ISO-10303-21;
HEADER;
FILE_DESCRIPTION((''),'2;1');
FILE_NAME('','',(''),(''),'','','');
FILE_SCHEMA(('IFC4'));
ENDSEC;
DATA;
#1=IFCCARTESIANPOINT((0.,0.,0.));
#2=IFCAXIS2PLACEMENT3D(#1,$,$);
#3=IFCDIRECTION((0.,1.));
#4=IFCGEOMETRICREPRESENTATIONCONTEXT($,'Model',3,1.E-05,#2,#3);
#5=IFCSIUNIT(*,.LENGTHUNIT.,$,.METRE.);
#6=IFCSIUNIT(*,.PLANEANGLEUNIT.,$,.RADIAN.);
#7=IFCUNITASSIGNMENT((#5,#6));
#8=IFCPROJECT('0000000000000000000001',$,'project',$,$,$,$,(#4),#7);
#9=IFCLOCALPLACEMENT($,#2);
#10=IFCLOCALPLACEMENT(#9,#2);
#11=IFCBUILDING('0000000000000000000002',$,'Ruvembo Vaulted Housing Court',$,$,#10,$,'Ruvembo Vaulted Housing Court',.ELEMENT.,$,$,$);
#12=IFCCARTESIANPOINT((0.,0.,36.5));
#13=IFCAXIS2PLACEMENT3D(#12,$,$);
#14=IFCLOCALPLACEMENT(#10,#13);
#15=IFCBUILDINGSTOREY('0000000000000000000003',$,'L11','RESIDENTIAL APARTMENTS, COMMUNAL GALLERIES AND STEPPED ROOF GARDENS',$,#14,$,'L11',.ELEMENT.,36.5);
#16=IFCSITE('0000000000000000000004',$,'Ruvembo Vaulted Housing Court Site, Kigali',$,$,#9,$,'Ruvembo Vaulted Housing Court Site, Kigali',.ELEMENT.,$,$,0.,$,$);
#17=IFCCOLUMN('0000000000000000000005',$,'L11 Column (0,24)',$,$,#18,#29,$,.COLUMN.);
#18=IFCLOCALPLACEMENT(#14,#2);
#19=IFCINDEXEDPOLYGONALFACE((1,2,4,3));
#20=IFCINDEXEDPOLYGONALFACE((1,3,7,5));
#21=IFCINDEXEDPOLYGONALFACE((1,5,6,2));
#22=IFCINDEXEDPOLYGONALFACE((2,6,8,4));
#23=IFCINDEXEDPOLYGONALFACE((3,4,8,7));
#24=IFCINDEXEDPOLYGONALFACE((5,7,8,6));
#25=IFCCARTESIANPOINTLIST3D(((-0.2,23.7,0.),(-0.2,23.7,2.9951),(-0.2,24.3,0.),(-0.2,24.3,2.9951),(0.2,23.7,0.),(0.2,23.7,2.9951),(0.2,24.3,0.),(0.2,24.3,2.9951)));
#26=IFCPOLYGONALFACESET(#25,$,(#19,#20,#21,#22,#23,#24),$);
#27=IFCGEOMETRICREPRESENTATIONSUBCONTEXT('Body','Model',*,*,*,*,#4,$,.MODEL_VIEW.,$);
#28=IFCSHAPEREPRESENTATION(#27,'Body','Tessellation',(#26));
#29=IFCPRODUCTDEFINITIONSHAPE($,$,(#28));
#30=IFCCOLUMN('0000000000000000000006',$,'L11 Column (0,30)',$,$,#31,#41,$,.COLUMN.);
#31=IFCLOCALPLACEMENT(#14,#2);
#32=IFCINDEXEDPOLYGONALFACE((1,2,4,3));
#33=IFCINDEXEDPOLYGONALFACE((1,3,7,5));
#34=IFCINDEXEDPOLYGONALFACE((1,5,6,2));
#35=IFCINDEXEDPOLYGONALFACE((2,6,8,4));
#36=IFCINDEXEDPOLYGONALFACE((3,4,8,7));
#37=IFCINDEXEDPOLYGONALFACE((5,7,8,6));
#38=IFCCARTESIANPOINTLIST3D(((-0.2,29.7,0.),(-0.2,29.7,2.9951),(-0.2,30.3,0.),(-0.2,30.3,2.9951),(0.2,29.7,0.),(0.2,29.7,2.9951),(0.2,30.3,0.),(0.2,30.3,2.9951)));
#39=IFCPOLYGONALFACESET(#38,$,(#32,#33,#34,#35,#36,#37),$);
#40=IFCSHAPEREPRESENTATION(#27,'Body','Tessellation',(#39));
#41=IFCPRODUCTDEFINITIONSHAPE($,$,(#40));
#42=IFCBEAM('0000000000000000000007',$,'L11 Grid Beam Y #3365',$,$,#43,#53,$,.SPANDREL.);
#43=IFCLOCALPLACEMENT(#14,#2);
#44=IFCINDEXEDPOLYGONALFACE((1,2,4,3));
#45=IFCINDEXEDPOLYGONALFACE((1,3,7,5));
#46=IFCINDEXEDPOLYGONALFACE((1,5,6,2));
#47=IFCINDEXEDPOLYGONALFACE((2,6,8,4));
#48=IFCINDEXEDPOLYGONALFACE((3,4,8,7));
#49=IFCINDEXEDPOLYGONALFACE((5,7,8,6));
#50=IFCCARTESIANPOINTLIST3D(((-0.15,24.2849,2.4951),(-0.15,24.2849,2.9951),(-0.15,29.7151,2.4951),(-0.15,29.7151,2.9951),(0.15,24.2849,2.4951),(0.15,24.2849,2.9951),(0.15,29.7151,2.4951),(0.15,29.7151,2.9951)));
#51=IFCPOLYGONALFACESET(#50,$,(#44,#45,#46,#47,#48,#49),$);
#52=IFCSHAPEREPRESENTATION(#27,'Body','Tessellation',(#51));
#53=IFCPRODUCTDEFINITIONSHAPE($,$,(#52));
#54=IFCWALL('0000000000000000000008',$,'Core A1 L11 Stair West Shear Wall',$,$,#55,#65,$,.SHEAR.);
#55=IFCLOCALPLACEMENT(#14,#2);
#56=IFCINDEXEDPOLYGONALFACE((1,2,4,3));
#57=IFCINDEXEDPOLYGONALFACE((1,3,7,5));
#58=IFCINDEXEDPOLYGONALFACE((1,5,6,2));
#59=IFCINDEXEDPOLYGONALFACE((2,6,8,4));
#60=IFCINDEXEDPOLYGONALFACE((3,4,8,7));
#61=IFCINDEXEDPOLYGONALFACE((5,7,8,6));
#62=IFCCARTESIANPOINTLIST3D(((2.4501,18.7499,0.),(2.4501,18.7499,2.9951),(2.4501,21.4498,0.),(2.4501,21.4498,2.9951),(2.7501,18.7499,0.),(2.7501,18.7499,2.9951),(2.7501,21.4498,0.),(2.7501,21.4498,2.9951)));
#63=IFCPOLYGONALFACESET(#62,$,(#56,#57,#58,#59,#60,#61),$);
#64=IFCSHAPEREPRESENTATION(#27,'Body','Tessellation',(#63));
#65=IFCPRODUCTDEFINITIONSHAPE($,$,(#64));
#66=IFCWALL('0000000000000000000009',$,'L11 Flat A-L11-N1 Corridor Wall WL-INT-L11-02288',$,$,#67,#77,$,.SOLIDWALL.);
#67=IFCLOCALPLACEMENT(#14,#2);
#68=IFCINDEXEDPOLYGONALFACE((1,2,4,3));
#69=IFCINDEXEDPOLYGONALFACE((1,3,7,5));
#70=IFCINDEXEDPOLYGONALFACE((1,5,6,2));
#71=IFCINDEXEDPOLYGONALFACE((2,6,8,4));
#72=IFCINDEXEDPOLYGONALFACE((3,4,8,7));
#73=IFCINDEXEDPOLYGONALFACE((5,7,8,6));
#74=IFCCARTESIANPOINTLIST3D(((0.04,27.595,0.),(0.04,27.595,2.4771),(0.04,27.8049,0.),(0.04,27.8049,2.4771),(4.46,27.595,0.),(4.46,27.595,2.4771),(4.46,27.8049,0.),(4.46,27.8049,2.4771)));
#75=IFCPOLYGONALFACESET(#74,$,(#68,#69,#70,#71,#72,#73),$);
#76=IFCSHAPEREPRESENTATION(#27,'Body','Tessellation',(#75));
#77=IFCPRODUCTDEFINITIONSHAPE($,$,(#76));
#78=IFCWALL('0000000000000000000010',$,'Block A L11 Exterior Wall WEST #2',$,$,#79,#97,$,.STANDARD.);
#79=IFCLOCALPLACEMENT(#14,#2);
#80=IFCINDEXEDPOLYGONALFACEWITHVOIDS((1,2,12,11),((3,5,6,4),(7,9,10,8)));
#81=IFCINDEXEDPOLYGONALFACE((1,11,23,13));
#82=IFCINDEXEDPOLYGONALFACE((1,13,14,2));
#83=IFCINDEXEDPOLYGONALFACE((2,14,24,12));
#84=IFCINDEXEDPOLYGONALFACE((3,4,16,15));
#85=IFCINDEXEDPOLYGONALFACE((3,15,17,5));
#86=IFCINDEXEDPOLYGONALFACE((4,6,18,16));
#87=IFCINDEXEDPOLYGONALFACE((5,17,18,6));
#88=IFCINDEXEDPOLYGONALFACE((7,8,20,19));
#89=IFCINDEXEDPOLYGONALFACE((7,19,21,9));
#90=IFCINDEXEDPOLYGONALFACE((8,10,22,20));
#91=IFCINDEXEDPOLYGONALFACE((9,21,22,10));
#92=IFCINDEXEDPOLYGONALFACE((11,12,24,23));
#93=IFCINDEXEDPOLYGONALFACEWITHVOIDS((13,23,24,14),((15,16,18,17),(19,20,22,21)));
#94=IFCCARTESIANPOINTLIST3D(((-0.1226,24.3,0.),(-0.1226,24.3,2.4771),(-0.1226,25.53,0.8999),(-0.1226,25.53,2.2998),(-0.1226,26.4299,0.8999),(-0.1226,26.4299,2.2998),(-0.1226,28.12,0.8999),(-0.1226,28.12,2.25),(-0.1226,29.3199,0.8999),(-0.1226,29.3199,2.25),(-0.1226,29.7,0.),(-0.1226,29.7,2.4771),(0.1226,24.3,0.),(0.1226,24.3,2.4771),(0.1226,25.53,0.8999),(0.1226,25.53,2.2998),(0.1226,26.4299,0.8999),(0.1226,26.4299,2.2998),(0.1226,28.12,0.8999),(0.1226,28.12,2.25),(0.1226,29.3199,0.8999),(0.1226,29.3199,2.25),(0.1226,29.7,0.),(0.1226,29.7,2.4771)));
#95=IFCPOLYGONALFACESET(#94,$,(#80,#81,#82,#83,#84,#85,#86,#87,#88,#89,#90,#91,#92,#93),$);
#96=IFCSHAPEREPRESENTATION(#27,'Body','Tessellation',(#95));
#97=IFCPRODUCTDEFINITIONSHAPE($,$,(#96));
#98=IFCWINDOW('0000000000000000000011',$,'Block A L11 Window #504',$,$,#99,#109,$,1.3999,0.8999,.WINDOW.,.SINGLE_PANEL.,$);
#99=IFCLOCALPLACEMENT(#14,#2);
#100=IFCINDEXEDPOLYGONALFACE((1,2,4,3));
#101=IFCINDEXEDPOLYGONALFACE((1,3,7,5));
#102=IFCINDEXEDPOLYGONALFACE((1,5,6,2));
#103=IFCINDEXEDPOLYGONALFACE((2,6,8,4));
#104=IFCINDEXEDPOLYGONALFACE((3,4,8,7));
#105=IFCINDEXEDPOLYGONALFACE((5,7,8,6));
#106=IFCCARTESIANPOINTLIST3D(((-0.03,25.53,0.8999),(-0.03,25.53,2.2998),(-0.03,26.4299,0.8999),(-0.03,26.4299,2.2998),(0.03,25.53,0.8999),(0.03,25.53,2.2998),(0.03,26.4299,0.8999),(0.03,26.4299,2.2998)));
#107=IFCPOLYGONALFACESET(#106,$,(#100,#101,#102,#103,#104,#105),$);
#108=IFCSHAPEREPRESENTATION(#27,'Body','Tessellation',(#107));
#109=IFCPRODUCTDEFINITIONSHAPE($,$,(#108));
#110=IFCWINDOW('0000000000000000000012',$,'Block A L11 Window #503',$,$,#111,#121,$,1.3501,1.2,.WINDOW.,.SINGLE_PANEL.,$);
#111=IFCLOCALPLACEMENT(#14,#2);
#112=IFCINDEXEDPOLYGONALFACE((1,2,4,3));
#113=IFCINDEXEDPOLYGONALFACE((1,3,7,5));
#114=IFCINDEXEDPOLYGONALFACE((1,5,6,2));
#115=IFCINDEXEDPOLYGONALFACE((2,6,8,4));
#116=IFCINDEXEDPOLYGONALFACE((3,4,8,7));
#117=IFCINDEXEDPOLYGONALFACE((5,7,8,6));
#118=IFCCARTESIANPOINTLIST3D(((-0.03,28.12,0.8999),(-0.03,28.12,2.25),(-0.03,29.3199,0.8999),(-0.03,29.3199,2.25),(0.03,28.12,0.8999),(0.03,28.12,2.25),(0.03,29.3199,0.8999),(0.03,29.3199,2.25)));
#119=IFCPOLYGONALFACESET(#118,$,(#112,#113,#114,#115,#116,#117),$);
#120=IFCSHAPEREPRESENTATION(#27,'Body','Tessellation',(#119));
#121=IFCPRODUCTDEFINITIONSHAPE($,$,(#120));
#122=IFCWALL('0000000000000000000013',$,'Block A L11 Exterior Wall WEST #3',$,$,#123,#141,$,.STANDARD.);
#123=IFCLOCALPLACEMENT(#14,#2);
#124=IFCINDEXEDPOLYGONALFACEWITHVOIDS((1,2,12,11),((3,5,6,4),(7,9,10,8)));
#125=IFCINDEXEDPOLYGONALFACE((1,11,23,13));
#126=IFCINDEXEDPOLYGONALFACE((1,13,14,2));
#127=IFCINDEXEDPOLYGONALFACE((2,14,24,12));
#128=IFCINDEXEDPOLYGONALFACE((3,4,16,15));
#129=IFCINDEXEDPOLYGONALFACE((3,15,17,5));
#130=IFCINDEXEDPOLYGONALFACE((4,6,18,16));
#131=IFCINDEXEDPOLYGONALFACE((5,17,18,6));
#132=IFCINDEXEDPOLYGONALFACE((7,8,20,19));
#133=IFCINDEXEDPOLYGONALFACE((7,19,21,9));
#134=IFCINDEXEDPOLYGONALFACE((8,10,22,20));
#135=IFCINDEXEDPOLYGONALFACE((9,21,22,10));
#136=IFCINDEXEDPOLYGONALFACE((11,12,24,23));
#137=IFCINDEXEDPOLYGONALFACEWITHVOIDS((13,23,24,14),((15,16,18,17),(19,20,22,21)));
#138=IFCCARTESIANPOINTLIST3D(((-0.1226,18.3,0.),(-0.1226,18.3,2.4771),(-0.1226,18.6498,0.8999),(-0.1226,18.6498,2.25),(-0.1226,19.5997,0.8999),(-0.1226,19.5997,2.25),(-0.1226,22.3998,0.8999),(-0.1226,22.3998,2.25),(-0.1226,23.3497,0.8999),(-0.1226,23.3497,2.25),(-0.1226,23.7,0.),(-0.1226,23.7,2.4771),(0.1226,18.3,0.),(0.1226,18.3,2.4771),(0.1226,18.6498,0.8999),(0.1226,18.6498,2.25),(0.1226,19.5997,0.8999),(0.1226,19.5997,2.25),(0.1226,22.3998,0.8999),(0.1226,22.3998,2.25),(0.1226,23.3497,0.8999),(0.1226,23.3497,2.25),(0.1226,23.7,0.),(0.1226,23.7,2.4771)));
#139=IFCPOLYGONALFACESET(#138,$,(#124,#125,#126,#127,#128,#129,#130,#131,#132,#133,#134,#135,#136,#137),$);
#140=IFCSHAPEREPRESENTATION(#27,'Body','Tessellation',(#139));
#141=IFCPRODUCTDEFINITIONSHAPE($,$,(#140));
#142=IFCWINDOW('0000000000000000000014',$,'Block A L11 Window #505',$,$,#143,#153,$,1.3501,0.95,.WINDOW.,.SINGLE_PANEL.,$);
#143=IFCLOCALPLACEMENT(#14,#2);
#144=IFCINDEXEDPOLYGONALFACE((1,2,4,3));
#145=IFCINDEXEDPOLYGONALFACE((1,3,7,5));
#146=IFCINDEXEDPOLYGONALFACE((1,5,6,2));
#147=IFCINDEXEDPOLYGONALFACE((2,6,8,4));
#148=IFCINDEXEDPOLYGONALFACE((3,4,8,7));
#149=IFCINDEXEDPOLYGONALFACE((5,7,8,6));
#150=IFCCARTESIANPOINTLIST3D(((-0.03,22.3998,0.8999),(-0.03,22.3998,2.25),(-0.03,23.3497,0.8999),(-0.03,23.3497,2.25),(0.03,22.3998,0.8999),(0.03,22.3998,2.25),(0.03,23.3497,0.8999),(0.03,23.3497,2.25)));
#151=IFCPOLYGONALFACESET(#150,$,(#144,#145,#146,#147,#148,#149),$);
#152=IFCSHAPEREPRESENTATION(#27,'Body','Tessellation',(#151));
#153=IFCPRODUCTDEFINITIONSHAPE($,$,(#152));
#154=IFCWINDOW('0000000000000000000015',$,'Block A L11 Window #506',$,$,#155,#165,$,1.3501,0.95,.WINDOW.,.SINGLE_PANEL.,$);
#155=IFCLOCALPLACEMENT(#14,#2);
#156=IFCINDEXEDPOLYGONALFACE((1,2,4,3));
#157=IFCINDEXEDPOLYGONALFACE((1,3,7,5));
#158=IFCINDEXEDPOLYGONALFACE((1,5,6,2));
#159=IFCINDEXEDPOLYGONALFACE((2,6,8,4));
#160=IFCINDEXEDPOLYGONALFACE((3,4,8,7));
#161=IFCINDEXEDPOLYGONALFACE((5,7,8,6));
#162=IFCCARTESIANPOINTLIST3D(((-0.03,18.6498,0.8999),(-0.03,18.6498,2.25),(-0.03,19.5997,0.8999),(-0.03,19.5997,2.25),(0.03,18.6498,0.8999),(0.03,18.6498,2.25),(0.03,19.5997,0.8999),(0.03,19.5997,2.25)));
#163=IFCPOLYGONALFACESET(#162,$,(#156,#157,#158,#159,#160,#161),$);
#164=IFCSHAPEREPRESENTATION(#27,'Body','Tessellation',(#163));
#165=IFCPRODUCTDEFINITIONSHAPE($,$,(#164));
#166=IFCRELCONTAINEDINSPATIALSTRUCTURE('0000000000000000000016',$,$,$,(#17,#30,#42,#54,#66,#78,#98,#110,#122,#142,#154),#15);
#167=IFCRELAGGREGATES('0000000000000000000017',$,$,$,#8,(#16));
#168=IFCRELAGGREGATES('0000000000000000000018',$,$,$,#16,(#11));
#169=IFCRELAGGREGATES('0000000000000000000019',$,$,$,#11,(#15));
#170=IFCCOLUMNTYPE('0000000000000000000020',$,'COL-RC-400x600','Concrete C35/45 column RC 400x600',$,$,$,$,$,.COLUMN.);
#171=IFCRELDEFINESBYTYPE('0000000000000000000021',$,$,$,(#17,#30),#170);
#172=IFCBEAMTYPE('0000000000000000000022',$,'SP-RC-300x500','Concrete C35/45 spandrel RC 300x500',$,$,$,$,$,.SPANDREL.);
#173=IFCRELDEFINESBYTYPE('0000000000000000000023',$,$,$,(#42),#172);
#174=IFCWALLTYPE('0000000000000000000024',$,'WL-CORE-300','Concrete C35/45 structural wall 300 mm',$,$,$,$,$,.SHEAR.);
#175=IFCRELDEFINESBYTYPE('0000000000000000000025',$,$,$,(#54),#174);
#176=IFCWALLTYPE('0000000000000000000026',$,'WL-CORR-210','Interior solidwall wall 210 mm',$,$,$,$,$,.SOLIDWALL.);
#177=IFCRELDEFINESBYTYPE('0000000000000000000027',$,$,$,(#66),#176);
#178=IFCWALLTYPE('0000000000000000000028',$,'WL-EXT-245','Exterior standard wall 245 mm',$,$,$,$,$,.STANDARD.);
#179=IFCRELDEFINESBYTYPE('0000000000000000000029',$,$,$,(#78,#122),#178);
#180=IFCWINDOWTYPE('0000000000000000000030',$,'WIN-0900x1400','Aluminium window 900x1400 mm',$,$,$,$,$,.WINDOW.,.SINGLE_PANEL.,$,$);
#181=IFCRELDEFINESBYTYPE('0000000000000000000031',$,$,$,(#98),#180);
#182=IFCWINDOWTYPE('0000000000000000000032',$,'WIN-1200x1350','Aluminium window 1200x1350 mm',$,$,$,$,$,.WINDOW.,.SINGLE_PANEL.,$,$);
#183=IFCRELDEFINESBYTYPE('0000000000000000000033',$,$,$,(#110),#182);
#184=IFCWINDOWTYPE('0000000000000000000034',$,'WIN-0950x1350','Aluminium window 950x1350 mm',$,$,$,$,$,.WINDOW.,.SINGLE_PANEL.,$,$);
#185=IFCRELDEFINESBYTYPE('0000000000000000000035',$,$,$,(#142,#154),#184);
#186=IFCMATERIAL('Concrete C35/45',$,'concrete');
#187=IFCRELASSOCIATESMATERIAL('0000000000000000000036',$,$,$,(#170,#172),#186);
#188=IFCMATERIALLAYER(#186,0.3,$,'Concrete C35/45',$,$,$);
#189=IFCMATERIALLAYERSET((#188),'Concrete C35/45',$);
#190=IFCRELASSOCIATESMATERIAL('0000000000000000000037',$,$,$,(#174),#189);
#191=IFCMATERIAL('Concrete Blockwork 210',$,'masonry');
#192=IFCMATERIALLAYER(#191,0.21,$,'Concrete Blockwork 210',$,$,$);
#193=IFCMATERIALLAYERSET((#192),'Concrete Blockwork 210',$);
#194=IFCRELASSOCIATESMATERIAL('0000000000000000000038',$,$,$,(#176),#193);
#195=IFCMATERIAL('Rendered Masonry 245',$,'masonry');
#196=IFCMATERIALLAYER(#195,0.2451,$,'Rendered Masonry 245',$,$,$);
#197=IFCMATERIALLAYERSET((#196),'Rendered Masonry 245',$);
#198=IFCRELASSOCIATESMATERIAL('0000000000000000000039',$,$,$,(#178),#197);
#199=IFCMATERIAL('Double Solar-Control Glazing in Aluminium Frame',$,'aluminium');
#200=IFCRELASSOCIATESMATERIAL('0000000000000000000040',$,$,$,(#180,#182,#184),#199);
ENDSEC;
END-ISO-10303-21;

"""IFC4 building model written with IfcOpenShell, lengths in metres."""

from ifc_helpers import new_model, si_unit, direction, frame, frame_2d, origin, origin_2d, place, context, subcontext, project, spatial, rectangle, extrude, material, layer, layer_set, material_profile, profile_set, type_object, element, fill, save


model = new_model("IFC4")

# Units and contexts
model_context = context("Model", 3, precision=1e-05, world=origin(), true_north=direction((0.0, 1.0)))
body_context = subcontext(model_context, "Body", "Model", "MODEL_VIEW")
ifc_project = project(units=[si_unit("LENGTHUNIT", "METRE"), si_unit("PLANEANGLEUNIT", "RADIAN")], contexts=[model_context])

# Site, building, storey
site_placement = place(None, origin())
site = spatial("IfcSite", under=ifc_project, at=site_placement, Name="Ruvembo Vaulted Housing Court Site, Kigali", LongName="Ruvembo Vaulted Housing Court Site, Kigali", CompositionType="ELEMENT", RefElevation=0.0)
building_placement = place(site_placement, origin())
building = spatial("IfcBuilding", under=site, at=building_placement, Name="Ruvembo Vaulted Housing Court", LongName="Ruvembo Vaulted Housing Court", CompositionType="ELEMENT")
storey_placement = place(building_placement, frame((0.0, 0.0, 36.5)))
storey = spatial("IfcBuildingStorey", under=building, at=storey_placement, Name="L11", Description="RESIDENTIAL APARTMENTS, COMMUNAL GALLERIES AND STEPPED ROOF GARDENS", LongName="L11", CompositionType="ELEMENT", Elevation=36.5)

# Columns
ifc_material_1 = material(Name="Concrete C35/45", Category="concrete")
ifc_material_profile_1 = material_profile(ifc_material_1, rectangle(XDim=0.3999, YDim=0.6001, at=origin_2d()), Name="RC 400x600")
ifc_profile_set_1 = profile_set([ifc_material_profile_1], Name="Concrete C35/45")
column_type = type_object("IfcColumnType", Name="COL-RC-400x600", Description="Concrete C35/45 column RC 400x600", PredefinedType="COLUMN", material=ifc_profile_set_1)
for number, where, z_axis, x_axis, name in (
    (1, (0.0, 24.0, 0.0), (0.0, 0.0, 1.0), (1.0, 0.0, 0.0), "L11 Column (0,24)"),
    (2, (0.0, 30.0, 0.0), (0.0, 0.0, 1.0), (1.0, 0.0, 0.0), "L11 Column (0,30)"),
):
    element("IfcColumn", number, at=place(storey_placement, frame(where, z_axis=z_axis, x_axis=x_axis)), inside=storey, type_object=column_type, Name=name, PredefinedType="COLUMN", context=body_context, shape_type="SweptSolid", body=[
        extrude(rectangle(XDim=0.3999, YDim=0.6001, at=origin_2d()), origin(), (0.0, 0.0, 1.0), 2.9951),
    ])

# Beam
ifc_material_profile_2 = material_profile(ifc_material_1, rectangle(XDim=0.3, YDim=0.5, at=origin_2d()), Name="RC 300x500")
ifc_profile_set_2 = profile_set([ifc_material_profile_2], Name="Concrete C35/45")
beam_type = type_object("IfcBeamType", Name="SP-RC-300x500", Description="Concrete C35/45 spandrel RC 300x500", PredefinedType="SPANDREL", material=ifc_profile_set_2)
beam_placement = place(storey_placement, frame((0.0, 24.2849, 2.7451), z_axis=(0.0, 1.0, 0.0), x_axis=(-1.0, 0.0, 0.0)))
element("IfcBeam", 3, at=beam_placement, inside=storey, type_object=beam_type, Name="L11 Grid Beam Y #3365", PredefinedType="SPANDREL", context=body_context, shape_type="SweptSolid", body=[
    extrude(rectangle(XDim=0.3, YDim=0.5, at=origin_2d()), origin(), (0.0, 0.0, 1.0), 5.4302),
])

# Walls
ifc_layer_1 = layer(ifc_material_1, 0.3, Name="Concrete C35/45")
ifc_layer_set_1 = layer_set([ifc_layer_1], Name="Concrete C35/45")
wall_type_1 = type_object("IfcWallType", Name="WL-CORE-300", Description="Concrete C35/45 structural wall 300 mm", PredefinedType="SHEAR", material=ifc_layer_set_1)
wall_1_placement = place(storey_placement, frame((2.6001, 21.45, 0.0), z_axis=(0.0, 0.0, 1.0), x_axis=(0.0, -1.0, 0.0)))
element("IfcWall", 4, at=wall_1_placement, inside=storey, type_object=wall_type_1, Name="Core A1 L11 Stair West Shear Wall", PredefinedType="SHEAR", context=body_context, shape_type="SweptSolid", body=[
    extrude(rectangle(XDim=2.7, YDim=0.3, at=frame_2d((1.3501, 0.0))), origin(), (0.0, 0.0, 1.0), 2.9951),
])
ifc_material_2 = material(Name="Concrete Blockwork 210", Category="masonry")
ifc_layer_2 = layer(ifc_material_2, 0.21, Name="Concrete Blockwork 210")
ifc_layer_set_2 = layer_set([ifc_layer_2], Name="Concrete Blockwork 210")
wall_type_2 = type_object("IfcWallType", Name="WL-CORR-210", Description="Interior solidwall wall 210 mm", PredefinedType="SOLIDWALL", material=ifc_layer_set_2)
wall_2_placement = place(storey_placement, frame((0.04, 27.7, 0.0), z_axis=(0.0, 0.0, 1.0), x_axis=(1.0, 0.0, 0.0)))
element("IfcWall", 5, at=wall_2_placement, inside=storey, type_object=wall_type_2, Name="L11 Flat A-L11-N1 Corridor Wall WL-INT-L11-02288", PredefinedType="SOLIDWALL", context=body_context, shape_type="SweptSolid", body=[
    extrude(rectangle(XDim=4.4199, YDim=0.21, at=frame_2d((2.21, 0.0))), origin(), (0.0, 0.0, 1.0), 2.4771),
])

# Walls, openings, windows
ifc_material_3 = material(Name="Rendered Masonry 245", Category="masonry")
ifc_layer_3 = layer(ifc_material_3, 0.2451, Name="Rendered Masonry 245")
ifc_layer_set_3 = layer_set([ifc_layer_3], Name="Rendered Masonry 245")
wall_type_3 = type_object("IfcWallType", Name="WL-EXT-245", Description="Exterior standard wall 245 mm", PredefinedType="STANDARD", material=ifc_layer_set_3)
wall_3_placement = place(storey_placement, frame((0.0, 29.7, 0.0), z_axis=(0.0, 0.0, 1.0), x_axis=(0.0, -1.0, 0.0)))
wall_3 = element("IfcWall", 6, at=wall_3_placement, inside=storey, type_object=wall_type_3, Name="Block A L11 Exterior Wall WEST #2", PredefinedType="STANDARD", context=body_context, shape_type="SweptSolid", body=[
    extrude(rectangle(XDim=5.3999, YDim=0.2451, at=frame_2d((2.7, 0.0))), origin(), (0.0, 0.0, 1.0), 2.4771),
])
opening_1_placement = place(wall_3_placement, frame((0.3799, 0.0, 0.8999)))
opening_1 = element("IfcOpeningElement", 7, at=opening_1_placement, cuts=wall_3, PredefinedType="OPENING", context=body_context, shape_type="SweptSolid", body=[
    extrude(rectangle(XDim=1.2, YDim=1.3501, at=frame_2d((0.6001, 0.675))), frame((0.0, 0.1326, 0.0), z_axis=(0.0, -1.0, 0.0), x_axis=(1.0, 0.0, 0.0)), (0.0, 0.0, 1.0), 0.2651),
])
opening_2_placement = place(wall_3_placement, frame((3.27, 0.0, 0.8999)))
opening_2 = element("IfcOpeningElement", 8, at=opening_2_placement, cuts=wall_3, PredefinedType="OPENING", context=body_context, shape_type="SweptSolid", body=[
    extrude(rectangle(XDim=0.8999, YDim=1.3999, at=frame_2d((0.45, 0.7))), frame((0.0, 0.1326, 0.0), z_axis=(0.0, -1.0, 0.0), x_axis=(1.0, 0.0, 0.0)), (0.0, 0.0, 1.0), 0.2651),
])
ifc_material_4 = material(Name="Double Solar-Control Glazing in Aluminium Frame", Category="aluminium")
window_type_1 = type_object("IfcWindowType", Name="WIN-0900x1400", Description="Aluminium window 900x1400 mm", PartitioningType="SINGLE_PANEL", PredefinedType="WINDOW", material=ifc_material_4)
window_1_placement = place(opening_2_placement, origin())
window_1 = element("IfcWindow", 9, at=window_1_placement, inside=storey, type_object=window_type_1, Name="Block A L11 Window #504", OverallHeight=1.3999, OverallWidth=0.8999, PartitioningType="SINGLE_PANEL", PredefinedType="WINDOW", context=body_context, shape_type="SweptSolid", body=[
    extrude(rectangle(XDim=0.8999, YDim=1.3999, at=frame_2d((0.45, 0.7))), frame((0.0, 0.03, 0.0), z_axis=(0.0, -1.0, 0.0), x_axis=(1.0, 0.0, 0.0)), (0.0, 0.0, 1.0), 0.0601),
])
fill(opening_2, window_1)
window_type_2 = type_object("IfcWindowType", Name="WIN-1200x1350", Description="Aluminium window 1200x1350 mm", PartitioningType="SINGLE_PANEL", PredefinedType="WINDOW", material=ifc_material_4)
window_2_placement = place(opening_1_placement, origin())
window_2 = element("IfcWindow", 10, at=window_2_placement, inside=storey, type_object=window_type_2, Name="Block A L11 Window #503", OverallHeight=1.3501, OverallWidth=1.2, PartitioningType="SINGLE_PANEL", PredefinedType="WINDOW", context=body_context, shape_type="SweptSolid", body=[
    extrude(rectangle(XDim=1.2, YDim=1.3501, at=frame_2d((0.6001, 0.675))), frame((0.0, 0.03, 0.0), z_axis=(0.0, -1.0, 0.0), x_axis=(1.0, 0.0, 0.0)), (0.0, 0.0, 1.0), 0.0601),
])
fill(opening_1, window_2)
wall_4_placement = place(storey_placement, frame((0.0, 23.7, 0.0), z_axis=(0.0, 0.0, 1.0), x_axis=(0.0, -1.0, 0.0)))
wall_4 = element("IfcWall", 11, at=wall_4_placement, inside=storey, type_object=wall_type_3, Name="Block A L11 Exterior Wall WEST #3", PredefinedType="STANDARD", context=body_context, shape_type="SweptSolid", body=[
    extrude(rectangle(XDim=5.3999, YDim=0.2451, at=frame_2d((2.7, 0.0))), origin(), (0.0, 0.0, 1.0), 2.4771),
])
opening_3_placement = place(wall_4_placement, frame((0.3501, 0.0, 0.8999)))
opening_3 = element("IfcOpeningElement", 12, at=opening_3_placement, cuts=wall_4, PredefinedType="OPENING", context=body_context, shape_type="SweptSolid", body=[
    extrude(rectangle(XDim=0.95, YDim=1.3501, at=frame_2d((0.4751, 0.675))), frame((0.0, 0.1326, 0.0), z_axis=(0.0, -1.0, 0.0), x_axis=(1.0, 0.0, 0.0)), (0.0, 0.0, 1.0), 0.2651),
])
opening_4_placement = place(wall_4_placement, frame((4.1001, 0.0, 0.8999)))
opening_4 = element("IfcOpeningElement", 13, at=opening_4_placement, cuts=wall_4, PredefinedType="OPENING", context=body_context, shape_type="SweptSolid", body=[
    extrude(rectangle(XDim=0.95, YDim=1.3501, at=frame_2d((0.4751, 0.675))), frame((0.0, 0.1326, 0.0), z_axis=(0.0, -1.0, 0.0), x_axis=(1.0, 0.0, 0.0)), (0.0, 0.0, 1.0), 0.2651),
])
window_type_3 = type_object("IfcWindowType", Name="WIN-0950x1350", Description="Aluminium window 950x1350 mm", PartitioningType="SINGLE_PANEL", PredefinedType="WINDOW", material=ifc_material_4)
window_3_placement = place(opening_3_placement, origin())
window_3 = element("IfcWindow", 14, at=window_3_placement, inside=storey, type_object=window_type_3, Name="Block A L11 Window #505", OverallHeight=1.3501, OverallWidth=0.95, PartitioningType="SINGLE_PANEL", PredefinedType="WINDOW", context=body_context, shape_type="SweptSolid", body=[
    extrude(rectangle(XDim=0.95, YDim=1.3501, at=frame_2d((0.4751, 0.675))), frame((0.0, 0.03, 0.0), z_axis=(0.0, -1.0, 0.0), x_axis=(1.0, 0.0, 0.0)), (0.0, 0.0, 1.0), 0.0601),
])
fill(opening_3, window_3)
window_4_placement = place(opening_4_placement, origin())
window_4 = element("IfcWindow", 15, at=window_4_placement, inside=storey, type_object=window_type_3, Name="Block A L11 Window #506", OverallHeight=1.3501, OverallWidth=0.95, PartitioningType="SINGLE_PANEL", PredefinedType="WINDOW", context=body_context, shape_type="SweptSolid", body=[
    extrude(rectangle(XDim=0.95, YDim=1.3501, at=frame_2d((0.4751, 0.675))), frame((0.0, 0.03, 0.0), z_axis=(0.0, -1.0, 0.0), x_axis=(1.0, 0.0, 0.0)), (0.0, 0.0, 1.0), 0.0601),
])
fill(opening_4, window_4)

save(model, "model.ifc")
